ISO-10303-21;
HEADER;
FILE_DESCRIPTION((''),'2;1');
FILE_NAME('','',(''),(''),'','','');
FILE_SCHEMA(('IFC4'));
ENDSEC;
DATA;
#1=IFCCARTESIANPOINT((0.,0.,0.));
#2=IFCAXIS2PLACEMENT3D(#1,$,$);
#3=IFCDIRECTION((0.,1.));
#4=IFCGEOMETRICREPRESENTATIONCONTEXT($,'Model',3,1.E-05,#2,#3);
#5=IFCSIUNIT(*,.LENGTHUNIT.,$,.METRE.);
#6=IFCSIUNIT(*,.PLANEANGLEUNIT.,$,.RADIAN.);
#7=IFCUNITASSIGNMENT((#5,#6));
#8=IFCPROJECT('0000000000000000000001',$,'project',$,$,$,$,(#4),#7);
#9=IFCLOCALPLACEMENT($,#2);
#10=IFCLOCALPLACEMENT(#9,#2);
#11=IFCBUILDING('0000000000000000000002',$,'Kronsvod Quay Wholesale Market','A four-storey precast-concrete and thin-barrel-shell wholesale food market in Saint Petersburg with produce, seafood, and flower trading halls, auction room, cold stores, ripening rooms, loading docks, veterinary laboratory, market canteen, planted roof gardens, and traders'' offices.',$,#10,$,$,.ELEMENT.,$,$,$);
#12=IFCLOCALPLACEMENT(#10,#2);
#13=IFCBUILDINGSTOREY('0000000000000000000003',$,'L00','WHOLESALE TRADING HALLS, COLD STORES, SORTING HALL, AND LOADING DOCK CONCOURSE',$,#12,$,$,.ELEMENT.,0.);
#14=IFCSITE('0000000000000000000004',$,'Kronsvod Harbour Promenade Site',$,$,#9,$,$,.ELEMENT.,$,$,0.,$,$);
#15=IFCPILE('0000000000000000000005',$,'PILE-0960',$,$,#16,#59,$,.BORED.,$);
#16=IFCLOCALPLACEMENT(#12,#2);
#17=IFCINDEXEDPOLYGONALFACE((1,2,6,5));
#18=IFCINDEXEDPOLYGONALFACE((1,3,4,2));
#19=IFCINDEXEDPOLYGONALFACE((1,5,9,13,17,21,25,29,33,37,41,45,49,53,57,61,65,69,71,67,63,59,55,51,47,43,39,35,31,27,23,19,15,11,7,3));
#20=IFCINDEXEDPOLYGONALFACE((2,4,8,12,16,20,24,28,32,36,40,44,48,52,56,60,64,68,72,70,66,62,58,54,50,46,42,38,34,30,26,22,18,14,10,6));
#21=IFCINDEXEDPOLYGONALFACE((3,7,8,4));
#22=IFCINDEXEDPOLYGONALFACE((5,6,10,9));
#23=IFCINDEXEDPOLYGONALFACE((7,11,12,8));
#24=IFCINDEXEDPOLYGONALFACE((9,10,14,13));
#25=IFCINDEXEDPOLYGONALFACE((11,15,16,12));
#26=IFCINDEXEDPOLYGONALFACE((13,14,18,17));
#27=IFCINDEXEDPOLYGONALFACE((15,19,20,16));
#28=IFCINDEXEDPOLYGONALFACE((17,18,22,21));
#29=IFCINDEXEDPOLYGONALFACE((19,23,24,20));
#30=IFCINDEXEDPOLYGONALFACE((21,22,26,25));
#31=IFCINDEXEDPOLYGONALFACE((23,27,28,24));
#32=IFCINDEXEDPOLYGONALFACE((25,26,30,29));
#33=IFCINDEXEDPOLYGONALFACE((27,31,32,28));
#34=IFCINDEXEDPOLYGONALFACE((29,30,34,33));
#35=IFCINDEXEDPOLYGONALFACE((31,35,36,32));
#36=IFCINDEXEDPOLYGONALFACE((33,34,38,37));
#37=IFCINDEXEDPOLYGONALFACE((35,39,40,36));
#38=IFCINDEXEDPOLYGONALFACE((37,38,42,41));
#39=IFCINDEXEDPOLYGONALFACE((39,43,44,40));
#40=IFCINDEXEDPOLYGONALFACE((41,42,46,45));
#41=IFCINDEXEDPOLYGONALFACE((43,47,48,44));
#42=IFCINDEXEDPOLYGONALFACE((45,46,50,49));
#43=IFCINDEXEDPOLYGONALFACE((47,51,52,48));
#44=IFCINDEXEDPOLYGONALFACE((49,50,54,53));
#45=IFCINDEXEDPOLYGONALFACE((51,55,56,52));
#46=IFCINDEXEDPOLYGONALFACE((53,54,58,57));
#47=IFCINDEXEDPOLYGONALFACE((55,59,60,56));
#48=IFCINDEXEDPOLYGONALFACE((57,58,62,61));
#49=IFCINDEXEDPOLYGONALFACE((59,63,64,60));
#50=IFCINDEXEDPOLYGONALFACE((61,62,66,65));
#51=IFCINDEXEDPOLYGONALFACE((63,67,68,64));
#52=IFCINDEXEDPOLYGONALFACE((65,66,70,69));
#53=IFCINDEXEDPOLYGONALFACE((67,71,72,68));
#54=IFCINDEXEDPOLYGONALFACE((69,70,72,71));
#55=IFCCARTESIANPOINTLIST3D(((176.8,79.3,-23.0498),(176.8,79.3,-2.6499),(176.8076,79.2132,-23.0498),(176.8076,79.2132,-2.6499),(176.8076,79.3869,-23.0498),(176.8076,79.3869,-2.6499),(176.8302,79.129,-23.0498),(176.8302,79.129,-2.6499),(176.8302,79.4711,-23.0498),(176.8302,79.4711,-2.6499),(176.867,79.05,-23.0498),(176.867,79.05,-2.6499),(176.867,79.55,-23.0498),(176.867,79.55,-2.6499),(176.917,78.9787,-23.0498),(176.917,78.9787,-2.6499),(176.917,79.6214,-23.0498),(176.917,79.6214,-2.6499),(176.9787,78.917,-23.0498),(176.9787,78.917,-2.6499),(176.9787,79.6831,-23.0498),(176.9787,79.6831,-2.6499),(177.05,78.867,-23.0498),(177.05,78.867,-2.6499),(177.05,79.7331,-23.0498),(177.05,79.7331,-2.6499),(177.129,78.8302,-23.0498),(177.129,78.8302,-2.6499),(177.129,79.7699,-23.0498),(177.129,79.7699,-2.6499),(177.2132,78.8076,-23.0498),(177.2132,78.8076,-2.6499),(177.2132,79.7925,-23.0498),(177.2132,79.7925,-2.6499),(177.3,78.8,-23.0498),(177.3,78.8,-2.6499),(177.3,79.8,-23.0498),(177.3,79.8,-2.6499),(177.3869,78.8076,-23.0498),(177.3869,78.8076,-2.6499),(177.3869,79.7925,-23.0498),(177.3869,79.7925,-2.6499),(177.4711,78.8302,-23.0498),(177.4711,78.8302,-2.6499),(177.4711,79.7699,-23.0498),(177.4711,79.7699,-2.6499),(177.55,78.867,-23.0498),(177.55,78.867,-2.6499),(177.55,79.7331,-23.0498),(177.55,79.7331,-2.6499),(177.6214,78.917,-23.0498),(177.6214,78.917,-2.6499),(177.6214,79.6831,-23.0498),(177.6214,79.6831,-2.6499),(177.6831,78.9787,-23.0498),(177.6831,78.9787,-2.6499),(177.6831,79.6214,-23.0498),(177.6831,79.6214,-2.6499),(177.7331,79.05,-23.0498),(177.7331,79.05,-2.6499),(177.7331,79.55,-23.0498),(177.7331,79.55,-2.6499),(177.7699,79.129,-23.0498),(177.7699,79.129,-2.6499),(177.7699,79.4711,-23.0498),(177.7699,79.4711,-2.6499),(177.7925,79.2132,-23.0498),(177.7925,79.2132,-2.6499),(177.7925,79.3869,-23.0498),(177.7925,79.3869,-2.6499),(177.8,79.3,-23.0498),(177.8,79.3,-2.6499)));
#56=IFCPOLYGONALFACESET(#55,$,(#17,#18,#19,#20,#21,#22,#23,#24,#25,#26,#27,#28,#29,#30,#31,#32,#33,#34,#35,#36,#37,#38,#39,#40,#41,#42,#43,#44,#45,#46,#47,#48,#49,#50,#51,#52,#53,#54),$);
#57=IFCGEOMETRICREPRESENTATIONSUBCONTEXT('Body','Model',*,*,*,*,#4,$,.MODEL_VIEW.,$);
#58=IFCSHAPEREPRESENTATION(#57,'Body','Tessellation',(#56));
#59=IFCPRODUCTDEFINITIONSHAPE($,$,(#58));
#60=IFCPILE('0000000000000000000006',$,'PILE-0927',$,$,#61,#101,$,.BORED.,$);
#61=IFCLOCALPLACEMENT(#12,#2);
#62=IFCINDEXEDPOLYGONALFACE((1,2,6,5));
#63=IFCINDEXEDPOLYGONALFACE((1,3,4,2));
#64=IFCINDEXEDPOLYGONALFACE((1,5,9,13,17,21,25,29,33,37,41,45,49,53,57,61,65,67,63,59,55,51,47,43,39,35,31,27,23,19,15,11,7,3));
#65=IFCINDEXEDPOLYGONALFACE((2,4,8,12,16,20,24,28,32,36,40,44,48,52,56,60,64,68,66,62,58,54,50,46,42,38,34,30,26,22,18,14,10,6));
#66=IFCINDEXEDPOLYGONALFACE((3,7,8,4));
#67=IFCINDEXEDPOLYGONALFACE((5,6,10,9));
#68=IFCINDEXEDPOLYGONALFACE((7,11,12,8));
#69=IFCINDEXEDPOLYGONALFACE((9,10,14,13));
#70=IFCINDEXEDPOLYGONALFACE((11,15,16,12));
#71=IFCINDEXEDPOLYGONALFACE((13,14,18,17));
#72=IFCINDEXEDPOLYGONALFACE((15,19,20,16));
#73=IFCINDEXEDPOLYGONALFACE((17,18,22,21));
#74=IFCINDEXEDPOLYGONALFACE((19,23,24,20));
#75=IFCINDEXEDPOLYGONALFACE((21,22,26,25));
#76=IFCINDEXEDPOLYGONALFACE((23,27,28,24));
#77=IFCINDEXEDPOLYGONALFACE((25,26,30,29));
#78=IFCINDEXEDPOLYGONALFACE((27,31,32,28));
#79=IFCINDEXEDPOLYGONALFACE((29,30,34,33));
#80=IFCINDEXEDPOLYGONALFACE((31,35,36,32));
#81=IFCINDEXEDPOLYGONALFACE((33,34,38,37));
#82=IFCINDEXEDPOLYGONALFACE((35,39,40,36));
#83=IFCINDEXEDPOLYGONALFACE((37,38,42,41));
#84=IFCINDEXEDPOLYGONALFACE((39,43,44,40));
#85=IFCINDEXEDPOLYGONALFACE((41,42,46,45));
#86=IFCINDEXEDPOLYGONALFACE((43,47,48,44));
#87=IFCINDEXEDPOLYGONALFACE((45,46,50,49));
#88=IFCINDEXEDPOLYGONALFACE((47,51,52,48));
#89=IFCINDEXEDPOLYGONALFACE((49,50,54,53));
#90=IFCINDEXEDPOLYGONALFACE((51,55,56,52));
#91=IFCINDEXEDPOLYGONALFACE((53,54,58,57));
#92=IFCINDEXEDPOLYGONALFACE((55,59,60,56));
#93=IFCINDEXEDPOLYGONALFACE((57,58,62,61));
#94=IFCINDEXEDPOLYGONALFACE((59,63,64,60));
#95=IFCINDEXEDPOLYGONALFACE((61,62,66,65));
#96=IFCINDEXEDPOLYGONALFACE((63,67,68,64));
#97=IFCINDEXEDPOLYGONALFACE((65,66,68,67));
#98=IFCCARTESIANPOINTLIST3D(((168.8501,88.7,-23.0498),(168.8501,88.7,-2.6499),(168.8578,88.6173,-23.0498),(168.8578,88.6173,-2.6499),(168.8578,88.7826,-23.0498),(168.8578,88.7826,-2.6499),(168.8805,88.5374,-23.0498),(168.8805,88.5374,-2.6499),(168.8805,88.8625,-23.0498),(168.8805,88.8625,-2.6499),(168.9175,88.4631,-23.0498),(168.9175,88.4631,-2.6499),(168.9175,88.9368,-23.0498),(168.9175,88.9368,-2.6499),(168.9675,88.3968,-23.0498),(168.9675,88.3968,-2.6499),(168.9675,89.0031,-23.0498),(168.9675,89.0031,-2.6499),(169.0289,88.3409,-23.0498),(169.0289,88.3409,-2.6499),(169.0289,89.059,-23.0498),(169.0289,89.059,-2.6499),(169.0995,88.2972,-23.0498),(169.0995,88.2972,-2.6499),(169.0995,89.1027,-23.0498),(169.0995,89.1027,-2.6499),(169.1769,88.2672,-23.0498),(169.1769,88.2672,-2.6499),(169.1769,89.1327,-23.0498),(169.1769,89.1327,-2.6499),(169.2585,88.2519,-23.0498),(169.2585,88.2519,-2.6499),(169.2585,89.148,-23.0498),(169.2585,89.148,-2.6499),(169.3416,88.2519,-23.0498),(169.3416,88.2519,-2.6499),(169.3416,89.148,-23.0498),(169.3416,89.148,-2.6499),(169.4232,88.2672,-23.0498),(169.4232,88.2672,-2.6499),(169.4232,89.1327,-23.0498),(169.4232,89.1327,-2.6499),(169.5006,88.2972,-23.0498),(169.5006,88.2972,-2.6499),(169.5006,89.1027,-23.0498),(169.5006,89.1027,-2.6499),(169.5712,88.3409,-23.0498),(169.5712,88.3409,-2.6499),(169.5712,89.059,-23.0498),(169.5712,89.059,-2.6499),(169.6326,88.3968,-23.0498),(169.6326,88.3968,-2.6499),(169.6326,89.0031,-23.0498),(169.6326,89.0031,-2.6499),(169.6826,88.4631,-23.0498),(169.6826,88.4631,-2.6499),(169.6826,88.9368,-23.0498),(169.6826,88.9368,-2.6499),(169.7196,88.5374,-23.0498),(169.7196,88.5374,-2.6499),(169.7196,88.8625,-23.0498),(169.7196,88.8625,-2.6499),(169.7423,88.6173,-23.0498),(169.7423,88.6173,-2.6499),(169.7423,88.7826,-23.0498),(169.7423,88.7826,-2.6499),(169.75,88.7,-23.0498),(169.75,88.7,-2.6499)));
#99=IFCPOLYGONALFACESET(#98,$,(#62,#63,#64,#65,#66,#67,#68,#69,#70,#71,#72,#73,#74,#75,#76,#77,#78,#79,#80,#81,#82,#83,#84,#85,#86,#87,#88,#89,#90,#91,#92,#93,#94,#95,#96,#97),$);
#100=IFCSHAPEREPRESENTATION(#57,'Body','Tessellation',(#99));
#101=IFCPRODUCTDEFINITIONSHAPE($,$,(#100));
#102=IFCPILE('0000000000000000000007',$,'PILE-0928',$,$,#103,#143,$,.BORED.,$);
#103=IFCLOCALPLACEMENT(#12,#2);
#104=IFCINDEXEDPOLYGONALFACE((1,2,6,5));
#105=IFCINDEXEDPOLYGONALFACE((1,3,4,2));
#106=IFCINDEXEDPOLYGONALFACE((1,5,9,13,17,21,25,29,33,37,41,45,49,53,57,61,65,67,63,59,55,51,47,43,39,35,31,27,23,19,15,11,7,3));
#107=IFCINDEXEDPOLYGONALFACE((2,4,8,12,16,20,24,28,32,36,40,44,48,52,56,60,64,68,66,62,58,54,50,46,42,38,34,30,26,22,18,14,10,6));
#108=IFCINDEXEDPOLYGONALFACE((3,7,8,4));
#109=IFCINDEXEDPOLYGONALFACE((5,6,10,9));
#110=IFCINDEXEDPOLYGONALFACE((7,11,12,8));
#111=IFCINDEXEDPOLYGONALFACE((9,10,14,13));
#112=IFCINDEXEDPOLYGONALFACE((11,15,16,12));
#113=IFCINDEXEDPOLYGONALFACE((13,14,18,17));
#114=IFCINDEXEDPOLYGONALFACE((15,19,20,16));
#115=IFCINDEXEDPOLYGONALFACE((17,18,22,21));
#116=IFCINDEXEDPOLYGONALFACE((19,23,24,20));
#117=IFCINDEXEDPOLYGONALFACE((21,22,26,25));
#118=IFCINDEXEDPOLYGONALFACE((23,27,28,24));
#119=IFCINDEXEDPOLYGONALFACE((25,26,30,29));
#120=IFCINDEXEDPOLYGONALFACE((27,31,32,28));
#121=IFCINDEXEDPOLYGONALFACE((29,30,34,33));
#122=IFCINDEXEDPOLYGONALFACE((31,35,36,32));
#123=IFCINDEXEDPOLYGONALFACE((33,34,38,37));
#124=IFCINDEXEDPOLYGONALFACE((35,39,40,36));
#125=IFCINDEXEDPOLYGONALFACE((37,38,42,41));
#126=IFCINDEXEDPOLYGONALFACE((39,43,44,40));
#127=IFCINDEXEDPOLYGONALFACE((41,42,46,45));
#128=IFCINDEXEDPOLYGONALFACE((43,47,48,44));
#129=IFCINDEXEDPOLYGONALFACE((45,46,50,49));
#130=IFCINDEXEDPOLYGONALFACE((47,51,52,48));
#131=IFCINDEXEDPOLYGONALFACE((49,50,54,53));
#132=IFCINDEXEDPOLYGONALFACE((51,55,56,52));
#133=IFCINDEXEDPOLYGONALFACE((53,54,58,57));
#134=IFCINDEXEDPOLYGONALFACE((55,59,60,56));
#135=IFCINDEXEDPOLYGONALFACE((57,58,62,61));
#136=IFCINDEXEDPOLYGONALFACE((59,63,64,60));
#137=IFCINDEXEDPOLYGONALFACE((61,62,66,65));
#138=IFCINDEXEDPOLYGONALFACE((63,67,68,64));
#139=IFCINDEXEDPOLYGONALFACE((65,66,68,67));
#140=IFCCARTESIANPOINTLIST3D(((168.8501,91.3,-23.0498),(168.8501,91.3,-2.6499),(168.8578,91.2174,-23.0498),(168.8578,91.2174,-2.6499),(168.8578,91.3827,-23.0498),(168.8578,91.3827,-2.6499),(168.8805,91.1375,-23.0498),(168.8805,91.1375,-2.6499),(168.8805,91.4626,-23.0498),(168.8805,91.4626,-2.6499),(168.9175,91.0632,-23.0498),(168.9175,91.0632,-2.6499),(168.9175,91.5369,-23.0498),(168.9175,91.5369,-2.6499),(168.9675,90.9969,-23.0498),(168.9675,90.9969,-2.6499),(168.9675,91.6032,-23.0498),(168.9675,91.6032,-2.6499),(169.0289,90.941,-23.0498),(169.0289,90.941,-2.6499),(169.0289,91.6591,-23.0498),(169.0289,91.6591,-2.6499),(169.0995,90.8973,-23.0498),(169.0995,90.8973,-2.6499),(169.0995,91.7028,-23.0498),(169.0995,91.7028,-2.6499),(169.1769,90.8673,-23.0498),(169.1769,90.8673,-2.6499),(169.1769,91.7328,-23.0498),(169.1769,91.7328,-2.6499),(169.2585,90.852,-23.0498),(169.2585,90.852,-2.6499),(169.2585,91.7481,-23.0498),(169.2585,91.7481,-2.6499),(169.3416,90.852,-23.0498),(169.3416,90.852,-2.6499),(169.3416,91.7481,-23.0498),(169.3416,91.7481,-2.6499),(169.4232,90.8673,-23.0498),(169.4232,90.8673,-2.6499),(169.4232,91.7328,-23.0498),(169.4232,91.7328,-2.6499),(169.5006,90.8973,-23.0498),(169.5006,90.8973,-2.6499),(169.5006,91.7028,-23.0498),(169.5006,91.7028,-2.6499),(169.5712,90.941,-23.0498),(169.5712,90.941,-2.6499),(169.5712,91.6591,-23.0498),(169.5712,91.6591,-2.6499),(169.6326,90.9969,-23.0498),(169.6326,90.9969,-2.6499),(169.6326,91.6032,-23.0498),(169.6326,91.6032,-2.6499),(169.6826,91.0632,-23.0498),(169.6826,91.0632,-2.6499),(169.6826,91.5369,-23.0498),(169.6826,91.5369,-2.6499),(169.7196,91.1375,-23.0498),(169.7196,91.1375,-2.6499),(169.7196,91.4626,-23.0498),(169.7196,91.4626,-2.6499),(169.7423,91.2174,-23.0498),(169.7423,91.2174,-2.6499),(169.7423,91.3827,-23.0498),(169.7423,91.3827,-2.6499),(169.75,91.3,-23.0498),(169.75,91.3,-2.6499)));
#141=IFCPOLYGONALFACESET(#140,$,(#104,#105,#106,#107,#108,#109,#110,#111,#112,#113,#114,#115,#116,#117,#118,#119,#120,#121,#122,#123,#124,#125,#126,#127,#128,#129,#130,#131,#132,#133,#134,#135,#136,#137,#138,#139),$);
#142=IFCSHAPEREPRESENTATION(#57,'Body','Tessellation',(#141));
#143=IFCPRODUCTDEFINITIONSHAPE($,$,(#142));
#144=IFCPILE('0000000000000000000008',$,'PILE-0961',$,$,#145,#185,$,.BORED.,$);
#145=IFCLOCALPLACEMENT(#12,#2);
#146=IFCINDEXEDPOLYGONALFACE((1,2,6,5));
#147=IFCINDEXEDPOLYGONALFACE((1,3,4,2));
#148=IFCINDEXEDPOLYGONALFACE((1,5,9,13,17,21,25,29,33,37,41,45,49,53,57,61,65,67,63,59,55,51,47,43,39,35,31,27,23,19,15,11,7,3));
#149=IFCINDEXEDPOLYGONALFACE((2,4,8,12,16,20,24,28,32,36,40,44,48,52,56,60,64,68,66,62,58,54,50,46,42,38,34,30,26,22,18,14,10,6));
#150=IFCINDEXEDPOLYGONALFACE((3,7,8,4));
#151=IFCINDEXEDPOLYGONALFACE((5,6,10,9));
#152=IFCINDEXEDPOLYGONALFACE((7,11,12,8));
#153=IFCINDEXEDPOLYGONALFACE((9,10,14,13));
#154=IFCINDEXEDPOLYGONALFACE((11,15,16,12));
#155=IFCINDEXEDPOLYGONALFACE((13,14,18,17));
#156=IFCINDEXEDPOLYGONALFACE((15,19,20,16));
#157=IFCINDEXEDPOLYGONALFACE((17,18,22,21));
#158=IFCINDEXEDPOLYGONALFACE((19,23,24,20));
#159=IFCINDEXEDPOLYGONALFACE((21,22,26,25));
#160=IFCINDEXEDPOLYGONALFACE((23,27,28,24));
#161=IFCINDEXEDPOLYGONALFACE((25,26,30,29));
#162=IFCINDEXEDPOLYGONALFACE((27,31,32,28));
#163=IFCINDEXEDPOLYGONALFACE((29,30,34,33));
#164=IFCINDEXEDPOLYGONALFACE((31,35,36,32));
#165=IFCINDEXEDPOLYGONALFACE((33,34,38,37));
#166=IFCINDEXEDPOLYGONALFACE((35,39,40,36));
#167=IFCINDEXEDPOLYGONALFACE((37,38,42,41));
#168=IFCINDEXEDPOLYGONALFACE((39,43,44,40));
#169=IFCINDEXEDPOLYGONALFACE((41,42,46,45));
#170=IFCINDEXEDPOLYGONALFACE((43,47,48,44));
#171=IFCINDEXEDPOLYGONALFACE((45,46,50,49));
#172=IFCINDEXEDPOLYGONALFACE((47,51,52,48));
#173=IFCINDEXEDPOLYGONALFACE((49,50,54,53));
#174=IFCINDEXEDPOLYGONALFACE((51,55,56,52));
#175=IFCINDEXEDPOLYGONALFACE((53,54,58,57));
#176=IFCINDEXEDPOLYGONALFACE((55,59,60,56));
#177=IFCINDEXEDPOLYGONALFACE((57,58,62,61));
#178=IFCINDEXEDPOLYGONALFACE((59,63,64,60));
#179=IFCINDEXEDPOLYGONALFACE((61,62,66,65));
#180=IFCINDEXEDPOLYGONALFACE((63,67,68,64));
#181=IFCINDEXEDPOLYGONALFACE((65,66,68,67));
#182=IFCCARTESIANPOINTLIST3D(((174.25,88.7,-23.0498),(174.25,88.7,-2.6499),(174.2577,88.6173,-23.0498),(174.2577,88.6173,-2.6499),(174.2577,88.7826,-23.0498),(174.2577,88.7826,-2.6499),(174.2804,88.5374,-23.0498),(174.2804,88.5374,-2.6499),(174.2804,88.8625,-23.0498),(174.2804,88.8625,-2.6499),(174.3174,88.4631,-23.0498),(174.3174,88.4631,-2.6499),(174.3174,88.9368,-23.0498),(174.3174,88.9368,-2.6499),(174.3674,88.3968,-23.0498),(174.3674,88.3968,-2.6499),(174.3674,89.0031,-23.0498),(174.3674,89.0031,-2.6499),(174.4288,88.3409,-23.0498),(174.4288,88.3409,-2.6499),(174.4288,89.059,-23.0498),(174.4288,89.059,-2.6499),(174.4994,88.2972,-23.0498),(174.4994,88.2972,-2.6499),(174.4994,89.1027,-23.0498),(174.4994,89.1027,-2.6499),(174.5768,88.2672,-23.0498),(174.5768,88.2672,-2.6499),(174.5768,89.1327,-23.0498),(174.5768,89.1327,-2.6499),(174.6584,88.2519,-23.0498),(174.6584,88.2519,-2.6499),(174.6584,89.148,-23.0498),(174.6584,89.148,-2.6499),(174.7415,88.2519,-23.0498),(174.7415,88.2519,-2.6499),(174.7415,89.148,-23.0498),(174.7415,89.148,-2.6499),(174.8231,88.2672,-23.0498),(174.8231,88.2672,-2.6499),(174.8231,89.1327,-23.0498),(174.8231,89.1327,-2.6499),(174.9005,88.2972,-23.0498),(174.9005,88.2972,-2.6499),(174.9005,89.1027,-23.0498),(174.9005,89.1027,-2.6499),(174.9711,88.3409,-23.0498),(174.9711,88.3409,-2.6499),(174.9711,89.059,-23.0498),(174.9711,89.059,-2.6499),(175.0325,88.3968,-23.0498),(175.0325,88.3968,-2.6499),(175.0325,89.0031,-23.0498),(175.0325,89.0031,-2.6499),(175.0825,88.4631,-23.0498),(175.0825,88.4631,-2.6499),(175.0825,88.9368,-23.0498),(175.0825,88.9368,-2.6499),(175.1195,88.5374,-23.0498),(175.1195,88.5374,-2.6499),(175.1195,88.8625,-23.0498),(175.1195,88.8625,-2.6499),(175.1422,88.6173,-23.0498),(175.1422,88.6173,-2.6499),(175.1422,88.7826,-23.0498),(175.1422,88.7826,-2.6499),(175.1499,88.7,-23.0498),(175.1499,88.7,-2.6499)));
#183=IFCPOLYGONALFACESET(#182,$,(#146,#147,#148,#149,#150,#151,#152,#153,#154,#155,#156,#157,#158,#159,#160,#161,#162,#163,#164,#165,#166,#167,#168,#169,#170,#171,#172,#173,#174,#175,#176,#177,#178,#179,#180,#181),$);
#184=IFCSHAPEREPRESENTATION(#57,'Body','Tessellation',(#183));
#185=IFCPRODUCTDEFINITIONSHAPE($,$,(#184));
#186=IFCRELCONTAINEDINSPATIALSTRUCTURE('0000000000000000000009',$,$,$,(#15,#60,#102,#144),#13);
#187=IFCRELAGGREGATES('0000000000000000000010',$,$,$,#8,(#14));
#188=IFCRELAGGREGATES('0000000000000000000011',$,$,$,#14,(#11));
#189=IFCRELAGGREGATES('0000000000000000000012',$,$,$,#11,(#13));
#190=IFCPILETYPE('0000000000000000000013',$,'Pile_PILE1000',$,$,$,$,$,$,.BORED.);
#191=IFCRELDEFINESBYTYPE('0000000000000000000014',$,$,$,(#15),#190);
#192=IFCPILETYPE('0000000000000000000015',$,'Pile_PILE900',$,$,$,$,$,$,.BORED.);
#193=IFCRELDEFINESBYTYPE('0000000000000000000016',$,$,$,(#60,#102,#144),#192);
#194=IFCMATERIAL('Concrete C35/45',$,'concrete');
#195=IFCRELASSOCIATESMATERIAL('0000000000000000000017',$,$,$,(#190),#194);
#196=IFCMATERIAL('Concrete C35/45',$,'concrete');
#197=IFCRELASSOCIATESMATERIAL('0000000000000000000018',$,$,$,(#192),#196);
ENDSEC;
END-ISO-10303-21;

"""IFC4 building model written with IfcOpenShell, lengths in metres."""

from ifc_helpers import new_model, si_unit, direction, frame, origin, origin_2d, place, context, subcontext, project, spatial, circle, extrude, material, material_profile, profile_set, type_object, element, save


model = new_model("IFC4")

# Units and contexts
model_context = context("Model", 3, precision=1e-05, world=origin(), true_north=direction((0.0, 1.0)))
body_context = subcontext(model_context, "Body", "Model", "MODEL_VIEW")
ifc_project = project(units=[si_unit("LENGTHUNIT", "METRE"), si_unit("PLANEANGLEUNIT", "RADIAN")], contexts=[model_context])

# Site, building, storey
site_placement = place(None, origin())
site = spatial("IfcSite", under=ifc_project, at=site_placement, Name="Kronsvod Harbour Promenade Site", CompositionType="ELEMENT", RefElevation=0.0)
building_placement = place(site_placement, origin())
building = spatial("IfcBuilding", under=site, at=building_placement, Name="Kronsvod Quay Wholesale Market", Description="A four-storey precast-concrete and thin-barrel-shell wholesale food market in Saint Petersburg with produce, seafood, and flower trading halls, auction room, cold stores, ripening rooms, loading docks, veterinary laboratory, market canteen, planted roof gardens, and traders' offices.", CompositionType="ELEMENT")
storey_placement = place(building_placement, origin())
storey = spatial("IfcBuildingStorey", under=building, at=storey_placement, Name="L00", Description="WHOLESALE TRADING HALLS, COLD STORES, SORTING HALL, AND LOADING DOCK CONCOURSE", CompositionType="ELEMENT", Elevation=0.0)

# Piles
ifc_material_1 = material(Name="Concrete C35/45", Category="concrete")
ifc_material_profile_1 = material_profile(ifc_material_1, circle(Radius=0.5, at=origin_2d()), Name="PILE1000")
ifc_profile_set_1 = profile_set([ifc_material_profile_1], Name="Concrete C35/45")
pile_type_1 = type_object("IfcPileType", Name="Pile_PILE1000", PredefinedType="BORED", material=ifc_profile_set_1)
for number, where, z_axis, x_axis, name in (
    (1, (177.3, 79.3, -2.6499), (0.0, 0.0, -1.0), (1.0, 0.0, 0.0), "PILE-0960"),
):
    element("IfcPile", number, at=place(storey_placement, frame(where, z_axis=z_axis, x_axis=x_axis)), inside=storey, type_object=pile_type_1, Name=name, PredefinedType="BORED", context=body_context, shape_type="SweptSolid", body=[
        extrude(circle(Radius=0.5, at=origin_2d()), origin(), (0.0, 0.0, 1.0), 20.3999),
    ])
ifc_material_2 = material(Name="Concrete C35/45", Category="concrete")
ifc_material_profile_2 = material_profile(ifc_material_2, circle(Radius=0.45, at=origin_2d()), Name="PILE900")
ifc_profile_set_2 = profile_set([ifc_material_profile_2], Name="Concrete C35/45")
pile_type_2 = type_object("IfcPileType", Name="Pile_PILE900", PredefinedType="BORED", material=ifc_profile_set_2)
for number, where, z_axis, x_axis, name in (
    (2, (169.3, 88.7, -2.6499), (0.0, 0.0, -1.0), (1.0, 0.0, 0.0), "PILE-0927"),
    (3, (169.3, 91.3, -2.6499), (0.0, 0.0, -1.0), (1.0, 0.0, 0.0), "PILE-0928"),
    (4, (174.7, 88.7, -2.6499), (0.0, 0.0, -1.0), (1.0, 0.0, 0.0), "PILE-0961"),
):
    element("IfcPile", number, at=place(storey_placement, frame(where, z_axis=z_axis, x_axis=x_axis)), inside=storey, type_object=pile_type_2, Name=name, PredefinedType="BORED", context=body_context, shape_type="SweptSolid", body=[
        extrude(circle(Radius=0.45, at=origin_2d()), origin(), (0.0, 0.0, 1.0), 20.3999),
    ])

save(model, "model.ifc")
